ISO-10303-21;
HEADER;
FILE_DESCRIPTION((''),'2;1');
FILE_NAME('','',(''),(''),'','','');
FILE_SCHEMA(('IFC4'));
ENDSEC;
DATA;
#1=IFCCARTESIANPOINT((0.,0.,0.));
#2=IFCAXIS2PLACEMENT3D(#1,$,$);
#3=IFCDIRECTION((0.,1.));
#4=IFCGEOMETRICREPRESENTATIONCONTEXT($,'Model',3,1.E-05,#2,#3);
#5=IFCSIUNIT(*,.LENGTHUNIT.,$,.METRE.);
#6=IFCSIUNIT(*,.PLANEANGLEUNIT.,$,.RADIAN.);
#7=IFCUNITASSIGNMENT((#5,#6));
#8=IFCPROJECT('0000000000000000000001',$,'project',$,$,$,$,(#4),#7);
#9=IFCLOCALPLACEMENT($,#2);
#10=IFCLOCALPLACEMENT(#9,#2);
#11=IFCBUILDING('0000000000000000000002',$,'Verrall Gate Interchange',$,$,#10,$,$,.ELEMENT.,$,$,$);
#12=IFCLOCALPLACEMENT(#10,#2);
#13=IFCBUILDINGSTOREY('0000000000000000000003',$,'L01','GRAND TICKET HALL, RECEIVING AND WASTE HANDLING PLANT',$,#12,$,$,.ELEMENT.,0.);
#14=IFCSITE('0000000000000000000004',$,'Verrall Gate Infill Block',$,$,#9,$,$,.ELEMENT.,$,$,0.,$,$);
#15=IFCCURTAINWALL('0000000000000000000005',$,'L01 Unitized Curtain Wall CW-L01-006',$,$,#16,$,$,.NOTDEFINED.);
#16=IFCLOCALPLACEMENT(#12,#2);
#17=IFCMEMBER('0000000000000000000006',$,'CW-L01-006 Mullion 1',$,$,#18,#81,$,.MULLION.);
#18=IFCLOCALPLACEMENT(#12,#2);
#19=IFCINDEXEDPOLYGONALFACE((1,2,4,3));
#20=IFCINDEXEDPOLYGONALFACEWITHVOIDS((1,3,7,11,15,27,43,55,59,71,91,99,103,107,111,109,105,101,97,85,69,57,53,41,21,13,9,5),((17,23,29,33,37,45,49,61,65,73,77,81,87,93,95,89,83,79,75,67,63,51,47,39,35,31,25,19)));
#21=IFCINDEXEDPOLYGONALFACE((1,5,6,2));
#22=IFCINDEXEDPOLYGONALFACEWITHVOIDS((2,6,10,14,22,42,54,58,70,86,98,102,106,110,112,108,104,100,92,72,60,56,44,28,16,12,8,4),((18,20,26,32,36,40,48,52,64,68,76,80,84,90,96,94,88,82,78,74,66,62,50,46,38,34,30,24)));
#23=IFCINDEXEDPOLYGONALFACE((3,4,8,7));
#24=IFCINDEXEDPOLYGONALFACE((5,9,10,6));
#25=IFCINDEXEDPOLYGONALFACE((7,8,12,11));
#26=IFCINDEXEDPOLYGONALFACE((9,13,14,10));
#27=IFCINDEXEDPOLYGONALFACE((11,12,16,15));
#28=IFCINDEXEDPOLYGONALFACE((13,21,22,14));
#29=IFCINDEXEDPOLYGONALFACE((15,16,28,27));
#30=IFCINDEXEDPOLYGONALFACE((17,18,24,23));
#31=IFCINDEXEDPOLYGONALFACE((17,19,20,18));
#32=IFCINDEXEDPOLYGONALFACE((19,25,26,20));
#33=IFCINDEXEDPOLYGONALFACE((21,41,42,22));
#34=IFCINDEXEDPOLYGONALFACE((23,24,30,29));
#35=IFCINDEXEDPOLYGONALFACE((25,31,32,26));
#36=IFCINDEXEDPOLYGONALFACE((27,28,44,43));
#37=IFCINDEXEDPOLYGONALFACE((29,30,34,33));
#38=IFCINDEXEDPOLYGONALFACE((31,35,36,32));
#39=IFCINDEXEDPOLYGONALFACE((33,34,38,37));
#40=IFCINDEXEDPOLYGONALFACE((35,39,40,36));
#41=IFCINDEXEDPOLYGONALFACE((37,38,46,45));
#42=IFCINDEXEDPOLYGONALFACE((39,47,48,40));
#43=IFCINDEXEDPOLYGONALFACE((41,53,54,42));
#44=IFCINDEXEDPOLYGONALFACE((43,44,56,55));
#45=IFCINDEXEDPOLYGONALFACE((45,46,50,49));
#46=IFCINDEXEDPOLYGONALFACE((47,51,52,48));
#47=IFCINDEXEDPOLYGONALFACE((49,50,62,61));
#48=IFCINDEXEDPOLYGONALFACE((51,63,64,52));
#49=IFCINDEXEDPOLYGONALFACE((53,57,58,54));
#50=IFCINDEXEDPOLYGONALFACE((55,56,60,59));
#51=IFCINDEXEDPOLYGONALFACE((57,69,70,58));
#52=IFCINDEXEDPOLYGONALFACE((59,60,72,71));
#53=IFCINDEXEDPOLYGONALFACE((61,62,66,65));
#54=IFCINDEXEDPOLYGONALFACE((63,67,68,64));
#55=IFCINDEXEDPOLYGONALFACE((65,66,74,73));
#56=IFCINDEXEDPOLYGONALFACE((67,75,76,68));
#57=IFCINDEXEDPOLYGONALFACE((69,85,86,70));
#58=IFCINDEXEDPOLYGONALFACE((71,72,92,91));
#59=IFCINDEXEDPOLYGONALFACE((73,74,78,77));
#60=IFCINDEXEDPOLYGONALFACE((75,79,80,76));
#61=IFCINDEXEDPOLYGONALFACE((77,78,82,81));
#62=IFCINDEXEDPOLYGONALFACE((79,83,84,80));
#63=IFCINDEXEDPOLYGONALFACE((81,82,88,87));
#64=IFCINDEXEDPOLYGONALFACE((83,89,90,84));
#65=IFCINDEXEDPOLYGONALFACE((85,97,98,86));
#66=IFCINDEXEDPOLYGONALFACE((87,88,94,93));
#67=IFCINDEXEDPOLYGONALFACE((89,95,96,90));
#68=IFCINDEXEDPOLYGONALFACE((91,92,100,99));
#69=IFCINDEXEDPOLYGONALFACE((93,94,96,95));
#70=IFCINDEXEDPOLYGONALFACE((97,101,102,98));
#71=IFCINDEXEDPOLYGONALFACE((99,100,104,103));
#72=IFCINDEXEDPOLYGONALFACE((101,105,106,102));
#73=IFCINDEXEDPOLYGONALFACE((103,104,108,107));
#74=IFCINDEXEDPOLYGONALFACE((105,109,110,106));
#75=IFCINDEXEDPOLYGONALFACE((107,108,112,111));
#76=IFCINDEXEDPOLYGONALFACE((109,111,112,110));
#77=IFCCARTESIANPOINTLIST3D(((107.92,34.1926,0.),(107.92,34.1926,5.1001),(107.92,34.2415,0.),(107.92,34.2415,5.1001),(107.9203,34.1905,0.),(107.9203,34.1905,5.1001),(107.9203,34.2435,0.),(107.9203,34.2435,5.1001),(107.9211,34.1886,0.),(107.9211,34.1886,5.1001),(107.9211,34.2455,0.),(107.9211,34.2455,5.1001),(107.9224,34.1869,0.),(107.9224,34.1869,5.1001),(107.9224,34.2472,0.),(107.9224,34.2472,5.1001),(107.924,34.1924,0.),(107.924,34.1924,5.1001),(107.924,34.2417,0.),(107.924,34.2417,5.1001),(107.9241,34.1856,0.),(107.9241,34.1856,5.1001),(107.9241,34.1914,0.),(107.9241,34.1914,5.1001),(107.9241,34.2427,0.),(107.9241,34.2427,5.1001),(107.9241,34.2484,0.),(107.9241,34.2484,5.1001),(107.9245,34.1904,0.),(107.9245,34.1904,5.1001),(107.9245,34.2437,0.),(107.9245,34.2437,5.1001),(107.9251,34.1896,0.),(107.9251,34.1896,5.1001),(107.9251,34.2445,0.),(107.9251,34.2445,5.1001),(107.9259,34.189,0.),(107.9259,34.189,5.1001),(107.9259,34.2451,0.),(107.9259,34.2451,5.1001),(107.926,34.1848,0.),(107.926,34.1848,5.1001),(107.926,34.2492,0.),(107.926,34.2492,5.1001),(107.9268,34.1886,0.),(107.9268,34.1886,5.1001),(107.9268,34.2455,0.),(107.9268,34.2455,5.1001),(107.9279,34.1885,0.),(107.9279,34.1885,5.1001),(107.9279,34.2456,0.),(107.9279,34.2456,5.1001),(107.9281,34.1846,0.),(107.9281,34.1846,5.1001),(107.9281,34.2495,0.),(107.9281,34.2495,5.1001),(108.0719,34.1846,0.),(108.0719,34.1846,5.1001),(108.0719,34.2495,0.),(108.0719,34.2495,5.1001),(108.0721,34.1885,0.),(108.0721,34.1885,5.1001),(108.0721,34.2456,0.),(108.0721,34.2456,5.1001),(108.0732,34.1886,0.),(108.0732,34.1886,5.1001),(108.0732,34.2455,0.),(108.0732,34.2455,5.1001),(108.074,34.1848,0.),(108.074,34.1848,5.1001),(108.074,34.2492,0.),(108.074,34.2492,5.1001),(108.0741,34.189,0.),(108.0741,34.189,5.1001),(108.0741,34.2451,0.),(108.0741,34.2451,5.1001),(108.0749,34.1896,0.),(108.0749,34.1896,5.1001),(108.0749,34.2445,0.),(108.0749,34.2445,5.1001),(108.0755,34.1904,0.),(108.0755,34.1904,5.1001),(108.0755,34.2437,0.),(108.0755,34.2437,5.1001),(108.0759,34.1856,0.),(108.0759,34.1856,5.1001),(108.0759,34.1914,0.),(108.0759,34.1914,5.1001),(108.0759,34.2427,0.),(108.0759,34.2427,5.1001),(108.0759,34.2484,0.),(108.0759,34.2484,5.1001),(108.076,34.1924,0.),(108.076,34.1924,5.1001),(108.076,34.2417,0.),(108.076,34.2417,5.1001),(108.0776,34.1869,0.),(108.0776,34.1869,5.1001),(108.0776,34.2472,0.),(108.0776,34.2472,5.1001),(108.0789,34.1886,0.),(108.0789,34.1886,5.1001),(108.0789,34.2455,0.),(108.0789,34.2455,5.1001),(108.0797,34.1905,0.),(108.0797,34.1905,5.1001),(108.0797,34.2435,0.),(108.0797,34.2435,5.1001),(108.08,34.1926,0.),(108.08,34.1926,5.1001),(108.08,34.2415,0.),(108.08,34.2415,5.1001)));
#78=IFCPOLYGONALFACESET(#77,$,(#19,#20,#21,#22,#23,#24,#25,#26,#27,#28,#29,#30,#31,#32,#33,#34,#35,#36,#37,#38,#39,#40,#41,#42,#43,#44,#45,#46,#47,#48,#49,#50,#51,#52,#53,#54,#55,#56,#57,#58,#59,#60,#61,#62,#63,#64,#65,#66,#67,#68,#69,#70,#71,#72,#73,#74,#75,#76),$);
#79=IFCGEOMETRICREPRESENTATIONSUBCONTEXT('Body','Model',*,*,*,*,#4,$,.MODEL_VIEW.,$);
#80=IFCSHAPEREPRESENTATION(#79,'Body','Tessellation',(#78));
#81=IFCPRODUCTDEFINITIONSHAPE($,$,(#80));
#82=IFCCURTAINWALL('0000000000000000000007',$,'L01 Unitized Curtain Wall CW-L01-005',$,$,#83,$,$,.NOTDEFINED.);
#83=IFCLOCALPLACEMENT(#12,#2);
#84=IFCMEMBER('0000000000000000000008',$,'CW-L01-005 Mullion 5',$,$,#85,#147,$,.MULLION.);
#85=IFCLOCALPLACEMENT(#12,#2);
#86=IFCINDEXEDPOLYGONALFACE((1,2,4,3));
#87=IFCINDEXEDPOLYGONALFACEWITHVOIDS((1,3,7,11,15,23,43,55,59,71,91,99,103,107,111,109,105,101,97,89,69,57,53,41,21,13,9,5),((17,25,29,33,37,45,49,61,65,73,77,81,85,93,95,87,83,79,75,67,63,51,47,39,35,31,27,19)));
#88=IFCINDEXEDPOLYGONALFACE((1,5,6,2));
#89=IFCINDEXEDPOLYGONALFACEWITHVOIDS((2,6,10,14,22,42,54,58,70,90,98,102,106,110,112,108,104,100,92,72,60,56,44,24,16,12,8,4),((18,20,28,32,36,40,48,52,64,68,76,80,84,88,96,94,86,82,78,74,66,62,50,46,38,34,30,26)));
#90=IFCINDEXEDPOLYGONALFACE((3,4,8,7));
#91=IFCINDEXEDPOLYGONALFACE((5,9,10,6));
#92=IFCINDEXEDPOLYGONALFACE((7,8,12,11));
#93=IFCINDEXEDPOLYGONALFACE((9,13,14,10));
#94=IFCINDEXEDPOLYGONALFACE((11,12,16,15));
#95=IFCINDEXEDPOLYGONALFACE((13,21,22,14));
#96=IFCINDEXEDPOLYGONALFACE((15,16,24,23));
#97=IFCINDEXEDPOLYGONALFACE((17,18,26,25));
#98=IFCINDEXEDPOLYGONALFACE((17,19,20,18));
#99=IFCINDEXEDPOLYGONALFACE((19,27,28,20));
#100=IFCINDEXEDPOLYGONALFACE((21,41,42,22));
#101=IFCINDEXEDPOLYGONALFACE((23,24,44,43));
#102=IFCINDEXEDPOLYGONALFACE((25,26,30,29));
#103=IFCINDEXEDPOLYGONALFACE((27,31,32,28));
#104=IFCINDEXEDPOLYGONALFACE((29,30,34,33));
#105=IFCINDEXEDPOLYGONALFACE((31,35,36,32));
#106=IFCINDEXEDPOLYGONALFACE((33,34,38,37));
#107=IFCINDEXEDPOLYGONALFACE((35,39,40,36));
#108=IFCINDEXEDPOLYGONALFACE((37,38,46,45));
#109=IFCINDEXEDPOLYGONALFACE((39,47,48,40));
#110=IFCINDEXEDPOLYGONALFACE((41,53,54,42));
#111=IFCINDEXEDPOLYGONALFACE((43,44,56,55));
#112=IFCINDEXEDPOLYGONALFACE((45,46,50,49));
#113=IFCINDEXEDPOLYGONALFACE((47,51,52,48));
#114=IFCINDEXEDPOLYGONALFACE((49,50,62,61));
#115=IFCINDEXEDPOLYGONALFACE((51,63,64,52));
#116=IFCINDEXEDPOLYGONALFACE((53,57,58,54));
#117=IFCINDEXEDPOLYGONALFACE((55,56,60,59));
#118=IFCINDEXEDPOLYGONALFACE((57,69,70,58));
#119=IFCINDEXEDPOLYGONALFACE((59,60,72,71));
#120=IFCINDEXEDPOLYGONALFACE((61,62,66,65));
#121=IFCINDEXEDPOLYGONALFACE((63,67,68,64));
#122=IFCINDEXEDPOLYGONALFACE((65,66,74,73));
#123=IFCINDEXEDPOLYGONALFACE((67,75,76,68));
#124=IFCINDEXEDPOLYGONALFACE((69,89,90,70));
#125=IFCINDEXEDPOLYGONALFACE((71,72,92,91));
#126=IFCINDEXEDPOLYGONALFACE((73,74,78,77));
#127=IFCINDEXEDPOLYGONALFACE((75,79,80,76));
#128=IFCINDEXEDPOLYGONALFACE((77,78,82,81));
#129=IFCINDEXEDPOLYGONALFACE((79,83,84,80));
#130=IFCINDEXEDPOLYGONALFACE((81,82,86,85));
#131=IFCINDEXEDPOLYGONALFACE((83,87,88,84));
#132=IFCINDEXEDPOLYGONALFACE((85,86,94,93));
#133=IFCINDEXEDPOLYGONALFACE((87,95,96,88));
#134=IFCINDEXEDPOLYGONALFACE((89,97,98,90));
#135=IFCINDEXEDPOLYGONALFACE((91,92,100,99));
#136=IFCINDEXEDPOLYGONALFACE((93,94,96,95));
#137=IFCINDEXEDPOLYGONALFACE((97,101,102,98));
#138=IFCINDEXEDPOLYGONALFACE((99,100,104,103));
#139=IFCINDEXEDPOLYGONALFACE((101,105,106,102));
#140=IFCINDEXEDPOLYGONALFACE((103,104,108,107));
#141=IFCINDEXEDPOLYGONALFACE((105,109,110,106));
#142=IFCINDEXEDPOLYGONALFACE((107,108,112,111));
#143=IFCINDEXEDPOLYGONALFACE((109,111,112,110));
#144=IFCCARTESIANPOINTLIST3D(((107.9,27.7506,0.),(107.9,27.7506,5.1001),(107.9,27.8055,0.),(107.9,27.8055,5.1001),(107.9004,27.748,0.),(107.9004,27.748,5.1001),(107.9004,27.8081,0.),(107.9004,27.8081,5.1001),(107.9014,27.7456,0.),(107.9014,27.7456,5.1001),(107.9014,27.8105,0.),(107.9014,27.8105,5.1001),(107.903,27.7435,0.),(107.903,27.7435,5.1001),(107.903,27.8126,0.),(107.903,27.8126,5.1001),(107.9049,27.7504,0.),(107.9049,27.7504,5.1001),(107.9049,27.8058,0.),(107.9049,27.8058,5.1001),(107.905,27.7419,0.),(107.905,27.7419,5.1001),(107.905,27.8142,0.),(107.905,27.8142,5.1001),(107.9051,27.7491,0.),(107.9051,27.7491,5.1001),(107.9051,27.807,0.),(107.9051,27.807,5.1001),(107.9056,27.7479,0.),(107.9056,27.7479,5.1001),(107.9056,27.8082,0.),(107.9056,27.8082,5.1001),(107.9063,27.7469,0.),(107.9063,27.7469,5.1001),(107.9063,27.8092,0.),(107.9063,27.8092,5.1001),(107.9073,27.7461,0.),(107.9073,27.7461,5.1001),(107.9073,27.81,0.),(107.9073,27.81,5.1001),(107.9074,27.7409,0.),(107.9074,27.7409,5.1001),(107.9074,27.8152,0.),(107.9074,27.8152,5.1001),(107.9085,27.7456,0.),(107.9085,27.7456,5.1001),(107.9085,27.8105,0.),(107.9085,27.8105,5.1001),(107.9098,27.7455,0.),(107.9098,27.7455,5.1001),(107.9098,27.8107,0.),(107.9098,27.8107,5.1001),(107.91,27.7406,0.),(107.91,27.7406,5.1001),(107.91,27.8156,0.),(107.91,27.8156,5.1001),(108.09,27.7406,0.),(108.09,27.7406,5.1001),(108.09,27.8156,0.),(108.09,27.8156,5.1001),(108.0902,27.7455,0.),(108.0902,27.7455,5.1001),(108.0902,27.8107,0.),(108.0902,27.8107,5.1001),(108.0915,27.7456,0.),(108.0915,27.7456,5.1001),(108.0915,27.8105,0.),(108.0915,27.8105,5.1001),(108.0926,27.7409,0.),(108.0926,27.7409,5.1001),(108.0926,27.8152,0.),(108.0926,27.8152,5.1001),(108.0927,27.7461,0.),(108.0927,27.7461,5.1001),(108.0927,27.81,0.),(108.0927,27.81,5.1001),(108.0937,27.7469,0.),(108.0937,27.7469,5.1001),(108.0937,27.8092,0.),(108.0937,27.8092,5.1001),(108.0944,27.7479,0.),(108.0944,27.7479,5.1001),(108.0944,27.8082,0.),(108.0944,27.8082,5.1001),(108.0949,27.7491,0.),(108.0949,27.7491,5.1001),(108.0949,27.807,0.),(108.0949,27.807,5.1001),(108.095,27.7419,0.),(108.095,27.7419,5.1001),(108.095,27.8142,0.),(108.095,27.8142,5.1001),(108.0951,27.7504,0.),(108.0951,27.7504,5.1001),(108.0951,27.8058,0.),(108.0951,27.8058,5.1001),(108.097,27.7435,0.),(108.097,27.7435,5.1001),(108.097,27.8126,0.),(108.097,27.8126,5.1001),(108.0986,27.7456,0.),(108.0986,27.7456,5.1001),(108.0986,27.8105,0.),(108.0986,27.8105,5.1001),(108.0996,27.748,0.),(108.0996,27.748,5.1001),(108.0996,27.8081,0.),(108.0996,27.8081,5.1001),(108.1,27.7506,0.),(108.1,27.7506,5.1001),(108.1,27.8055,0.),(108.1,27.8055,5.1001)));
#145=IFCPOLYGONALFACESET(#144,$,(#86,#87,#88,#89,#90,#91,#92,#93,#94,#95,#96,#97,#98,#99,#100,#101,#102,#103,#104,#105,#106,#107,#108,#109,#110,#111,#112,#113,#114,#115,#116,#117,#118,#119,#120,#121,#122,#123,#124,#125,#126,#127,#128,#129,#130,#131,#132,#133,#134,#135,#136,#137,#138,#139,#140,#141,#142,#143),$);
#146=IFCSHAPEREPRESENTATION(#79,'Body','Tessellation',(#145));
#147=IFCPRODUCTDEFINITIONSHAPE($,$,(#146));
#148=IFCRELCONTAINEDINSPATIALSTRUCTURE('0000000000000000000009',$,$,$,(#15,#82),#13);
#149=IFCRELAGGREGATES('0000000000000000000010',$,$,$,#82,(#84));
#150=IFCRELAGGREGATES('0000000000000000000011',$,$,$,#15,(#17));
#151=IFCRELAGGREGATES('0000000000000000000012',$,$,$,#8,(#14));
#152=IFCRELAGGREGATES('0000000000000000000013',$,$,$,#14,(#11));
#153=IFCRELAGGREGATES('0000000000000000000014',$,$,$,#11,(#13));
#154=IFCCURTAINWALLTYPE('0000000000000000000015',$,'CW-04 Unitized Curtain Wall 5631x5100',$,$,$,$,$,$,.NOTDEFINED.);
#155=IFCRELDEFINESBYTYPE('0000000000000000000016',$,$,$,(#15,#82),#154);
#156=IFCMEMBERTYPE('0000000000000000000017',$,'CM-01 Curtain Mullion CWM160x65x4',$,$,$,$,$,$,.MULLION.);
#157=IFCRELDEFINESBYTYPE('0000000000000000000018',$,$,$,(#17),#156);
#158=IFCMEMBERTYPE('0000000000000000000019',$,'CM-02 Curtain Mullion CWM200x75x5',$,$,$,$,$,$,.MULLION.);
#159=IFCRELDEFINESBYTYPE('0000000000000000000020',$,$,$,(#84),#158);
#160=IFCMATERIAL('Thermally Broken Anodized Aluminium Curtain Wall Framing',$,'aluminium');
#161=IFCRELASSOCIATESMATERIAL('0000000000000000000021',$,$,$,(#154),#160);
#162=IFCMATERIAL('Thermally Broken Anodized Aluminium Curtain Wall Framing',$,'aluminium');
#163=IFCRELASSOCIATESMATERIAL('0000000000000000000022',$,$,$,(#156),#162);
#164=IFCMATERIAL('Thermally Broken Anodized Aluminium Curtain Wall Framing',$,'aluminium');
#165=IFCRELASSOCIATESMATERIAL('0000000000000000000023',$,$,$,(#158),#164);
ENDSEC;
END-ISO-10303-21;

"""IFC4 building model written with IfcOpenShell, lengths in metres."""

from ifc_helpers import new_model, si_unit, direction, frame, origin, origin_2d, place, context, subcontext, project, spatial, hollow_rectangle, extrude, material, material_profile, profile_set, type_object, element, aggregate, save


model = new_model("IFC4")

# Units and contexts
model_context = context("Model", 3, precision=1e-05, world=origin(), true_north=direction((0.0, 1.0)))
body_context = subcontext(model_context, "Body", "Model", "MODEL_VIEW")
ifc_project = project(units=[si_unit("LENGTHUNIT", "METRE"), si_unit("PLANEANGLEUNIT", "RADIAN")], contexts=[model_context])

# Site, building, storey
site_placement = place(None, origin())
site = spatial("IfcSite", under=ifc_project, at=site_placement, Name="Verrall Gate Infill Block", CompositionType="ELEMENT", RefElevation=0.0)
building_placement = place(site_placement, origin())
building = spatial("IfcBuilding", under=site, at=building_placement, Name="Verrall Gate Interchange", CompositionType="ELEMENT")
storey_placement = place(building_placement, origin())
storey = spatial("IfcBuildingStorey", under=building, at=storey_placement, Name="L01", Description="GRAND TICKET HALL, RECEIVING AND WASTE HANDLING PLANT", CompositionType="ELEMENT", Elevation=0.0)

# Curtain walls, members
ifc_material_1 = material(Name="Thermally Broken Anodized Aluminium Curtain Wall Framing", Category="aluminium")
curtain_wall_type = type_object("IfcCurtainWallType", Name="CW-04 Unitized Curtain Wall 5631x5100", PredefinedType="NOTDEFINED", material=ifc_material_1)
curtain_wall_1_placement = place(storey_placement, origin())
curtain_wall_1 = element("IfcCurtainWall", 1, at=curtain_wall_1_placement, inside=storey, type_object=curtain_wall_type, Name="L01 Unitized Curtain Wall CW-L01-006", PredefinedType="NOTDEFINED")
ifc_material_2 = material(Name="Thermally Broken Anodized Aluminium Curtain Wall Framing", Category="aluminium")
ifc_material_profile_1 = material_profile(ifc_material_2, hollow_rectangle(XDim=0.0649, YDim=0.1599, WallThickness=0.0039, InnerFilletRadius=0.0039, OuterFilletRadius=0.0081, at=origin_2d()), Name="CWM160x65x4")
ifc_profile_set_1 = profile_set([ifc_material_profile_1], Name="Thermally Broken Anodized Aluminium Curtain Wall Framing")
member_type_1 = type_object("IfcMemberType", Name="CM-01 Curtain Mullion CWM160x65x4", PredefinedType="MULLION", material=ifc_profile_set_1)
member_1_placement = place(storey_placement, frame((108.0, 34.217, 0.0), z_axis=(0.0, 0.0, 1.0), x_axis=(0.0, 1.0, 0.0)))
member_1 = element("IfcMember", 2, at=member_1_placement, type_object=member_type_1, Name="CW-L01-006 Mullion 1", PredefinedType="MULLION", context=body_context, shape_type="SweptSolid", body=[
    extrude(hollow_rectangle(XDim=0.0649, YDim=0.1599, WallThickness=0.0039, InnerFilletRadius=0.0039, OuterFilletRadius=0.0081, at=origin_2d()), origin(), (0.0, 0.0, 1.0), 5.1001),
])
curtain_wall_2_placement = place(storey_placement, origin())
curtain_wall_2 = element("IfcCurtainWall", 3, at=curtain_wall_2_placement, inside=storey, type_object=curtain_wall_type, Name="L01 Unitized Curtain Wall CW-L01-005", PredefinedType="NOTDEFINED")
ifc_material_3 = material(Name="Thermally Broken Anodized Aluminium Curtain Wall Framing", Category="aluminium")
ifc_material_profile_2 = material_profile(ifc_material_3, hollow_rectangle(XDim=0.075, YDim=0.2, WallThickness=0.0049, InnerFilletRadius=0.0049, OuterFilletRadius=0.01, at=origin_2d()), Name="CWM200x75x5")
ifc_profile_set_2 = profile_set([ifc_material_profile_2], Name="Thermally Broken Anodized Aluminium Curtain Wall Framing")
member_type_2 = type_object("IfcMemberType", Name="CM-02 Curtain Mullion CWM200x75x5", PredefinedType="MULLION", material=ifc_profile_set_2)
member_2_placement = place(storey_placement, frame((108.0, 27.7781, 0.0), z_axis=(0.0, 0.0, 1.0), x_axis=(0.0, 1.0, 0.0)))
member_2 = element("IfcMember", 4, at=member_2_placement, type_object=member_type_2, Name="CW-L01-005 Mullion 5", PredefinedType="MULLION", context=body_context, shape_type="SweptSolid", body=[
    extrude(hollow_rectangle(XDim=0.075, YDim=0.2, WallThickness=0.0049, InnerFilletRadius=0.0049, OuterFilletRadius=0.01, at=origin_2d()), origin(), (0.0, 0.0, 1.0), 5.1001),
])
aggregate(curtain_wall_2, [member_2])

aggregate(curtain_wall_1, [member_1])

save(model, "model.ifc")
